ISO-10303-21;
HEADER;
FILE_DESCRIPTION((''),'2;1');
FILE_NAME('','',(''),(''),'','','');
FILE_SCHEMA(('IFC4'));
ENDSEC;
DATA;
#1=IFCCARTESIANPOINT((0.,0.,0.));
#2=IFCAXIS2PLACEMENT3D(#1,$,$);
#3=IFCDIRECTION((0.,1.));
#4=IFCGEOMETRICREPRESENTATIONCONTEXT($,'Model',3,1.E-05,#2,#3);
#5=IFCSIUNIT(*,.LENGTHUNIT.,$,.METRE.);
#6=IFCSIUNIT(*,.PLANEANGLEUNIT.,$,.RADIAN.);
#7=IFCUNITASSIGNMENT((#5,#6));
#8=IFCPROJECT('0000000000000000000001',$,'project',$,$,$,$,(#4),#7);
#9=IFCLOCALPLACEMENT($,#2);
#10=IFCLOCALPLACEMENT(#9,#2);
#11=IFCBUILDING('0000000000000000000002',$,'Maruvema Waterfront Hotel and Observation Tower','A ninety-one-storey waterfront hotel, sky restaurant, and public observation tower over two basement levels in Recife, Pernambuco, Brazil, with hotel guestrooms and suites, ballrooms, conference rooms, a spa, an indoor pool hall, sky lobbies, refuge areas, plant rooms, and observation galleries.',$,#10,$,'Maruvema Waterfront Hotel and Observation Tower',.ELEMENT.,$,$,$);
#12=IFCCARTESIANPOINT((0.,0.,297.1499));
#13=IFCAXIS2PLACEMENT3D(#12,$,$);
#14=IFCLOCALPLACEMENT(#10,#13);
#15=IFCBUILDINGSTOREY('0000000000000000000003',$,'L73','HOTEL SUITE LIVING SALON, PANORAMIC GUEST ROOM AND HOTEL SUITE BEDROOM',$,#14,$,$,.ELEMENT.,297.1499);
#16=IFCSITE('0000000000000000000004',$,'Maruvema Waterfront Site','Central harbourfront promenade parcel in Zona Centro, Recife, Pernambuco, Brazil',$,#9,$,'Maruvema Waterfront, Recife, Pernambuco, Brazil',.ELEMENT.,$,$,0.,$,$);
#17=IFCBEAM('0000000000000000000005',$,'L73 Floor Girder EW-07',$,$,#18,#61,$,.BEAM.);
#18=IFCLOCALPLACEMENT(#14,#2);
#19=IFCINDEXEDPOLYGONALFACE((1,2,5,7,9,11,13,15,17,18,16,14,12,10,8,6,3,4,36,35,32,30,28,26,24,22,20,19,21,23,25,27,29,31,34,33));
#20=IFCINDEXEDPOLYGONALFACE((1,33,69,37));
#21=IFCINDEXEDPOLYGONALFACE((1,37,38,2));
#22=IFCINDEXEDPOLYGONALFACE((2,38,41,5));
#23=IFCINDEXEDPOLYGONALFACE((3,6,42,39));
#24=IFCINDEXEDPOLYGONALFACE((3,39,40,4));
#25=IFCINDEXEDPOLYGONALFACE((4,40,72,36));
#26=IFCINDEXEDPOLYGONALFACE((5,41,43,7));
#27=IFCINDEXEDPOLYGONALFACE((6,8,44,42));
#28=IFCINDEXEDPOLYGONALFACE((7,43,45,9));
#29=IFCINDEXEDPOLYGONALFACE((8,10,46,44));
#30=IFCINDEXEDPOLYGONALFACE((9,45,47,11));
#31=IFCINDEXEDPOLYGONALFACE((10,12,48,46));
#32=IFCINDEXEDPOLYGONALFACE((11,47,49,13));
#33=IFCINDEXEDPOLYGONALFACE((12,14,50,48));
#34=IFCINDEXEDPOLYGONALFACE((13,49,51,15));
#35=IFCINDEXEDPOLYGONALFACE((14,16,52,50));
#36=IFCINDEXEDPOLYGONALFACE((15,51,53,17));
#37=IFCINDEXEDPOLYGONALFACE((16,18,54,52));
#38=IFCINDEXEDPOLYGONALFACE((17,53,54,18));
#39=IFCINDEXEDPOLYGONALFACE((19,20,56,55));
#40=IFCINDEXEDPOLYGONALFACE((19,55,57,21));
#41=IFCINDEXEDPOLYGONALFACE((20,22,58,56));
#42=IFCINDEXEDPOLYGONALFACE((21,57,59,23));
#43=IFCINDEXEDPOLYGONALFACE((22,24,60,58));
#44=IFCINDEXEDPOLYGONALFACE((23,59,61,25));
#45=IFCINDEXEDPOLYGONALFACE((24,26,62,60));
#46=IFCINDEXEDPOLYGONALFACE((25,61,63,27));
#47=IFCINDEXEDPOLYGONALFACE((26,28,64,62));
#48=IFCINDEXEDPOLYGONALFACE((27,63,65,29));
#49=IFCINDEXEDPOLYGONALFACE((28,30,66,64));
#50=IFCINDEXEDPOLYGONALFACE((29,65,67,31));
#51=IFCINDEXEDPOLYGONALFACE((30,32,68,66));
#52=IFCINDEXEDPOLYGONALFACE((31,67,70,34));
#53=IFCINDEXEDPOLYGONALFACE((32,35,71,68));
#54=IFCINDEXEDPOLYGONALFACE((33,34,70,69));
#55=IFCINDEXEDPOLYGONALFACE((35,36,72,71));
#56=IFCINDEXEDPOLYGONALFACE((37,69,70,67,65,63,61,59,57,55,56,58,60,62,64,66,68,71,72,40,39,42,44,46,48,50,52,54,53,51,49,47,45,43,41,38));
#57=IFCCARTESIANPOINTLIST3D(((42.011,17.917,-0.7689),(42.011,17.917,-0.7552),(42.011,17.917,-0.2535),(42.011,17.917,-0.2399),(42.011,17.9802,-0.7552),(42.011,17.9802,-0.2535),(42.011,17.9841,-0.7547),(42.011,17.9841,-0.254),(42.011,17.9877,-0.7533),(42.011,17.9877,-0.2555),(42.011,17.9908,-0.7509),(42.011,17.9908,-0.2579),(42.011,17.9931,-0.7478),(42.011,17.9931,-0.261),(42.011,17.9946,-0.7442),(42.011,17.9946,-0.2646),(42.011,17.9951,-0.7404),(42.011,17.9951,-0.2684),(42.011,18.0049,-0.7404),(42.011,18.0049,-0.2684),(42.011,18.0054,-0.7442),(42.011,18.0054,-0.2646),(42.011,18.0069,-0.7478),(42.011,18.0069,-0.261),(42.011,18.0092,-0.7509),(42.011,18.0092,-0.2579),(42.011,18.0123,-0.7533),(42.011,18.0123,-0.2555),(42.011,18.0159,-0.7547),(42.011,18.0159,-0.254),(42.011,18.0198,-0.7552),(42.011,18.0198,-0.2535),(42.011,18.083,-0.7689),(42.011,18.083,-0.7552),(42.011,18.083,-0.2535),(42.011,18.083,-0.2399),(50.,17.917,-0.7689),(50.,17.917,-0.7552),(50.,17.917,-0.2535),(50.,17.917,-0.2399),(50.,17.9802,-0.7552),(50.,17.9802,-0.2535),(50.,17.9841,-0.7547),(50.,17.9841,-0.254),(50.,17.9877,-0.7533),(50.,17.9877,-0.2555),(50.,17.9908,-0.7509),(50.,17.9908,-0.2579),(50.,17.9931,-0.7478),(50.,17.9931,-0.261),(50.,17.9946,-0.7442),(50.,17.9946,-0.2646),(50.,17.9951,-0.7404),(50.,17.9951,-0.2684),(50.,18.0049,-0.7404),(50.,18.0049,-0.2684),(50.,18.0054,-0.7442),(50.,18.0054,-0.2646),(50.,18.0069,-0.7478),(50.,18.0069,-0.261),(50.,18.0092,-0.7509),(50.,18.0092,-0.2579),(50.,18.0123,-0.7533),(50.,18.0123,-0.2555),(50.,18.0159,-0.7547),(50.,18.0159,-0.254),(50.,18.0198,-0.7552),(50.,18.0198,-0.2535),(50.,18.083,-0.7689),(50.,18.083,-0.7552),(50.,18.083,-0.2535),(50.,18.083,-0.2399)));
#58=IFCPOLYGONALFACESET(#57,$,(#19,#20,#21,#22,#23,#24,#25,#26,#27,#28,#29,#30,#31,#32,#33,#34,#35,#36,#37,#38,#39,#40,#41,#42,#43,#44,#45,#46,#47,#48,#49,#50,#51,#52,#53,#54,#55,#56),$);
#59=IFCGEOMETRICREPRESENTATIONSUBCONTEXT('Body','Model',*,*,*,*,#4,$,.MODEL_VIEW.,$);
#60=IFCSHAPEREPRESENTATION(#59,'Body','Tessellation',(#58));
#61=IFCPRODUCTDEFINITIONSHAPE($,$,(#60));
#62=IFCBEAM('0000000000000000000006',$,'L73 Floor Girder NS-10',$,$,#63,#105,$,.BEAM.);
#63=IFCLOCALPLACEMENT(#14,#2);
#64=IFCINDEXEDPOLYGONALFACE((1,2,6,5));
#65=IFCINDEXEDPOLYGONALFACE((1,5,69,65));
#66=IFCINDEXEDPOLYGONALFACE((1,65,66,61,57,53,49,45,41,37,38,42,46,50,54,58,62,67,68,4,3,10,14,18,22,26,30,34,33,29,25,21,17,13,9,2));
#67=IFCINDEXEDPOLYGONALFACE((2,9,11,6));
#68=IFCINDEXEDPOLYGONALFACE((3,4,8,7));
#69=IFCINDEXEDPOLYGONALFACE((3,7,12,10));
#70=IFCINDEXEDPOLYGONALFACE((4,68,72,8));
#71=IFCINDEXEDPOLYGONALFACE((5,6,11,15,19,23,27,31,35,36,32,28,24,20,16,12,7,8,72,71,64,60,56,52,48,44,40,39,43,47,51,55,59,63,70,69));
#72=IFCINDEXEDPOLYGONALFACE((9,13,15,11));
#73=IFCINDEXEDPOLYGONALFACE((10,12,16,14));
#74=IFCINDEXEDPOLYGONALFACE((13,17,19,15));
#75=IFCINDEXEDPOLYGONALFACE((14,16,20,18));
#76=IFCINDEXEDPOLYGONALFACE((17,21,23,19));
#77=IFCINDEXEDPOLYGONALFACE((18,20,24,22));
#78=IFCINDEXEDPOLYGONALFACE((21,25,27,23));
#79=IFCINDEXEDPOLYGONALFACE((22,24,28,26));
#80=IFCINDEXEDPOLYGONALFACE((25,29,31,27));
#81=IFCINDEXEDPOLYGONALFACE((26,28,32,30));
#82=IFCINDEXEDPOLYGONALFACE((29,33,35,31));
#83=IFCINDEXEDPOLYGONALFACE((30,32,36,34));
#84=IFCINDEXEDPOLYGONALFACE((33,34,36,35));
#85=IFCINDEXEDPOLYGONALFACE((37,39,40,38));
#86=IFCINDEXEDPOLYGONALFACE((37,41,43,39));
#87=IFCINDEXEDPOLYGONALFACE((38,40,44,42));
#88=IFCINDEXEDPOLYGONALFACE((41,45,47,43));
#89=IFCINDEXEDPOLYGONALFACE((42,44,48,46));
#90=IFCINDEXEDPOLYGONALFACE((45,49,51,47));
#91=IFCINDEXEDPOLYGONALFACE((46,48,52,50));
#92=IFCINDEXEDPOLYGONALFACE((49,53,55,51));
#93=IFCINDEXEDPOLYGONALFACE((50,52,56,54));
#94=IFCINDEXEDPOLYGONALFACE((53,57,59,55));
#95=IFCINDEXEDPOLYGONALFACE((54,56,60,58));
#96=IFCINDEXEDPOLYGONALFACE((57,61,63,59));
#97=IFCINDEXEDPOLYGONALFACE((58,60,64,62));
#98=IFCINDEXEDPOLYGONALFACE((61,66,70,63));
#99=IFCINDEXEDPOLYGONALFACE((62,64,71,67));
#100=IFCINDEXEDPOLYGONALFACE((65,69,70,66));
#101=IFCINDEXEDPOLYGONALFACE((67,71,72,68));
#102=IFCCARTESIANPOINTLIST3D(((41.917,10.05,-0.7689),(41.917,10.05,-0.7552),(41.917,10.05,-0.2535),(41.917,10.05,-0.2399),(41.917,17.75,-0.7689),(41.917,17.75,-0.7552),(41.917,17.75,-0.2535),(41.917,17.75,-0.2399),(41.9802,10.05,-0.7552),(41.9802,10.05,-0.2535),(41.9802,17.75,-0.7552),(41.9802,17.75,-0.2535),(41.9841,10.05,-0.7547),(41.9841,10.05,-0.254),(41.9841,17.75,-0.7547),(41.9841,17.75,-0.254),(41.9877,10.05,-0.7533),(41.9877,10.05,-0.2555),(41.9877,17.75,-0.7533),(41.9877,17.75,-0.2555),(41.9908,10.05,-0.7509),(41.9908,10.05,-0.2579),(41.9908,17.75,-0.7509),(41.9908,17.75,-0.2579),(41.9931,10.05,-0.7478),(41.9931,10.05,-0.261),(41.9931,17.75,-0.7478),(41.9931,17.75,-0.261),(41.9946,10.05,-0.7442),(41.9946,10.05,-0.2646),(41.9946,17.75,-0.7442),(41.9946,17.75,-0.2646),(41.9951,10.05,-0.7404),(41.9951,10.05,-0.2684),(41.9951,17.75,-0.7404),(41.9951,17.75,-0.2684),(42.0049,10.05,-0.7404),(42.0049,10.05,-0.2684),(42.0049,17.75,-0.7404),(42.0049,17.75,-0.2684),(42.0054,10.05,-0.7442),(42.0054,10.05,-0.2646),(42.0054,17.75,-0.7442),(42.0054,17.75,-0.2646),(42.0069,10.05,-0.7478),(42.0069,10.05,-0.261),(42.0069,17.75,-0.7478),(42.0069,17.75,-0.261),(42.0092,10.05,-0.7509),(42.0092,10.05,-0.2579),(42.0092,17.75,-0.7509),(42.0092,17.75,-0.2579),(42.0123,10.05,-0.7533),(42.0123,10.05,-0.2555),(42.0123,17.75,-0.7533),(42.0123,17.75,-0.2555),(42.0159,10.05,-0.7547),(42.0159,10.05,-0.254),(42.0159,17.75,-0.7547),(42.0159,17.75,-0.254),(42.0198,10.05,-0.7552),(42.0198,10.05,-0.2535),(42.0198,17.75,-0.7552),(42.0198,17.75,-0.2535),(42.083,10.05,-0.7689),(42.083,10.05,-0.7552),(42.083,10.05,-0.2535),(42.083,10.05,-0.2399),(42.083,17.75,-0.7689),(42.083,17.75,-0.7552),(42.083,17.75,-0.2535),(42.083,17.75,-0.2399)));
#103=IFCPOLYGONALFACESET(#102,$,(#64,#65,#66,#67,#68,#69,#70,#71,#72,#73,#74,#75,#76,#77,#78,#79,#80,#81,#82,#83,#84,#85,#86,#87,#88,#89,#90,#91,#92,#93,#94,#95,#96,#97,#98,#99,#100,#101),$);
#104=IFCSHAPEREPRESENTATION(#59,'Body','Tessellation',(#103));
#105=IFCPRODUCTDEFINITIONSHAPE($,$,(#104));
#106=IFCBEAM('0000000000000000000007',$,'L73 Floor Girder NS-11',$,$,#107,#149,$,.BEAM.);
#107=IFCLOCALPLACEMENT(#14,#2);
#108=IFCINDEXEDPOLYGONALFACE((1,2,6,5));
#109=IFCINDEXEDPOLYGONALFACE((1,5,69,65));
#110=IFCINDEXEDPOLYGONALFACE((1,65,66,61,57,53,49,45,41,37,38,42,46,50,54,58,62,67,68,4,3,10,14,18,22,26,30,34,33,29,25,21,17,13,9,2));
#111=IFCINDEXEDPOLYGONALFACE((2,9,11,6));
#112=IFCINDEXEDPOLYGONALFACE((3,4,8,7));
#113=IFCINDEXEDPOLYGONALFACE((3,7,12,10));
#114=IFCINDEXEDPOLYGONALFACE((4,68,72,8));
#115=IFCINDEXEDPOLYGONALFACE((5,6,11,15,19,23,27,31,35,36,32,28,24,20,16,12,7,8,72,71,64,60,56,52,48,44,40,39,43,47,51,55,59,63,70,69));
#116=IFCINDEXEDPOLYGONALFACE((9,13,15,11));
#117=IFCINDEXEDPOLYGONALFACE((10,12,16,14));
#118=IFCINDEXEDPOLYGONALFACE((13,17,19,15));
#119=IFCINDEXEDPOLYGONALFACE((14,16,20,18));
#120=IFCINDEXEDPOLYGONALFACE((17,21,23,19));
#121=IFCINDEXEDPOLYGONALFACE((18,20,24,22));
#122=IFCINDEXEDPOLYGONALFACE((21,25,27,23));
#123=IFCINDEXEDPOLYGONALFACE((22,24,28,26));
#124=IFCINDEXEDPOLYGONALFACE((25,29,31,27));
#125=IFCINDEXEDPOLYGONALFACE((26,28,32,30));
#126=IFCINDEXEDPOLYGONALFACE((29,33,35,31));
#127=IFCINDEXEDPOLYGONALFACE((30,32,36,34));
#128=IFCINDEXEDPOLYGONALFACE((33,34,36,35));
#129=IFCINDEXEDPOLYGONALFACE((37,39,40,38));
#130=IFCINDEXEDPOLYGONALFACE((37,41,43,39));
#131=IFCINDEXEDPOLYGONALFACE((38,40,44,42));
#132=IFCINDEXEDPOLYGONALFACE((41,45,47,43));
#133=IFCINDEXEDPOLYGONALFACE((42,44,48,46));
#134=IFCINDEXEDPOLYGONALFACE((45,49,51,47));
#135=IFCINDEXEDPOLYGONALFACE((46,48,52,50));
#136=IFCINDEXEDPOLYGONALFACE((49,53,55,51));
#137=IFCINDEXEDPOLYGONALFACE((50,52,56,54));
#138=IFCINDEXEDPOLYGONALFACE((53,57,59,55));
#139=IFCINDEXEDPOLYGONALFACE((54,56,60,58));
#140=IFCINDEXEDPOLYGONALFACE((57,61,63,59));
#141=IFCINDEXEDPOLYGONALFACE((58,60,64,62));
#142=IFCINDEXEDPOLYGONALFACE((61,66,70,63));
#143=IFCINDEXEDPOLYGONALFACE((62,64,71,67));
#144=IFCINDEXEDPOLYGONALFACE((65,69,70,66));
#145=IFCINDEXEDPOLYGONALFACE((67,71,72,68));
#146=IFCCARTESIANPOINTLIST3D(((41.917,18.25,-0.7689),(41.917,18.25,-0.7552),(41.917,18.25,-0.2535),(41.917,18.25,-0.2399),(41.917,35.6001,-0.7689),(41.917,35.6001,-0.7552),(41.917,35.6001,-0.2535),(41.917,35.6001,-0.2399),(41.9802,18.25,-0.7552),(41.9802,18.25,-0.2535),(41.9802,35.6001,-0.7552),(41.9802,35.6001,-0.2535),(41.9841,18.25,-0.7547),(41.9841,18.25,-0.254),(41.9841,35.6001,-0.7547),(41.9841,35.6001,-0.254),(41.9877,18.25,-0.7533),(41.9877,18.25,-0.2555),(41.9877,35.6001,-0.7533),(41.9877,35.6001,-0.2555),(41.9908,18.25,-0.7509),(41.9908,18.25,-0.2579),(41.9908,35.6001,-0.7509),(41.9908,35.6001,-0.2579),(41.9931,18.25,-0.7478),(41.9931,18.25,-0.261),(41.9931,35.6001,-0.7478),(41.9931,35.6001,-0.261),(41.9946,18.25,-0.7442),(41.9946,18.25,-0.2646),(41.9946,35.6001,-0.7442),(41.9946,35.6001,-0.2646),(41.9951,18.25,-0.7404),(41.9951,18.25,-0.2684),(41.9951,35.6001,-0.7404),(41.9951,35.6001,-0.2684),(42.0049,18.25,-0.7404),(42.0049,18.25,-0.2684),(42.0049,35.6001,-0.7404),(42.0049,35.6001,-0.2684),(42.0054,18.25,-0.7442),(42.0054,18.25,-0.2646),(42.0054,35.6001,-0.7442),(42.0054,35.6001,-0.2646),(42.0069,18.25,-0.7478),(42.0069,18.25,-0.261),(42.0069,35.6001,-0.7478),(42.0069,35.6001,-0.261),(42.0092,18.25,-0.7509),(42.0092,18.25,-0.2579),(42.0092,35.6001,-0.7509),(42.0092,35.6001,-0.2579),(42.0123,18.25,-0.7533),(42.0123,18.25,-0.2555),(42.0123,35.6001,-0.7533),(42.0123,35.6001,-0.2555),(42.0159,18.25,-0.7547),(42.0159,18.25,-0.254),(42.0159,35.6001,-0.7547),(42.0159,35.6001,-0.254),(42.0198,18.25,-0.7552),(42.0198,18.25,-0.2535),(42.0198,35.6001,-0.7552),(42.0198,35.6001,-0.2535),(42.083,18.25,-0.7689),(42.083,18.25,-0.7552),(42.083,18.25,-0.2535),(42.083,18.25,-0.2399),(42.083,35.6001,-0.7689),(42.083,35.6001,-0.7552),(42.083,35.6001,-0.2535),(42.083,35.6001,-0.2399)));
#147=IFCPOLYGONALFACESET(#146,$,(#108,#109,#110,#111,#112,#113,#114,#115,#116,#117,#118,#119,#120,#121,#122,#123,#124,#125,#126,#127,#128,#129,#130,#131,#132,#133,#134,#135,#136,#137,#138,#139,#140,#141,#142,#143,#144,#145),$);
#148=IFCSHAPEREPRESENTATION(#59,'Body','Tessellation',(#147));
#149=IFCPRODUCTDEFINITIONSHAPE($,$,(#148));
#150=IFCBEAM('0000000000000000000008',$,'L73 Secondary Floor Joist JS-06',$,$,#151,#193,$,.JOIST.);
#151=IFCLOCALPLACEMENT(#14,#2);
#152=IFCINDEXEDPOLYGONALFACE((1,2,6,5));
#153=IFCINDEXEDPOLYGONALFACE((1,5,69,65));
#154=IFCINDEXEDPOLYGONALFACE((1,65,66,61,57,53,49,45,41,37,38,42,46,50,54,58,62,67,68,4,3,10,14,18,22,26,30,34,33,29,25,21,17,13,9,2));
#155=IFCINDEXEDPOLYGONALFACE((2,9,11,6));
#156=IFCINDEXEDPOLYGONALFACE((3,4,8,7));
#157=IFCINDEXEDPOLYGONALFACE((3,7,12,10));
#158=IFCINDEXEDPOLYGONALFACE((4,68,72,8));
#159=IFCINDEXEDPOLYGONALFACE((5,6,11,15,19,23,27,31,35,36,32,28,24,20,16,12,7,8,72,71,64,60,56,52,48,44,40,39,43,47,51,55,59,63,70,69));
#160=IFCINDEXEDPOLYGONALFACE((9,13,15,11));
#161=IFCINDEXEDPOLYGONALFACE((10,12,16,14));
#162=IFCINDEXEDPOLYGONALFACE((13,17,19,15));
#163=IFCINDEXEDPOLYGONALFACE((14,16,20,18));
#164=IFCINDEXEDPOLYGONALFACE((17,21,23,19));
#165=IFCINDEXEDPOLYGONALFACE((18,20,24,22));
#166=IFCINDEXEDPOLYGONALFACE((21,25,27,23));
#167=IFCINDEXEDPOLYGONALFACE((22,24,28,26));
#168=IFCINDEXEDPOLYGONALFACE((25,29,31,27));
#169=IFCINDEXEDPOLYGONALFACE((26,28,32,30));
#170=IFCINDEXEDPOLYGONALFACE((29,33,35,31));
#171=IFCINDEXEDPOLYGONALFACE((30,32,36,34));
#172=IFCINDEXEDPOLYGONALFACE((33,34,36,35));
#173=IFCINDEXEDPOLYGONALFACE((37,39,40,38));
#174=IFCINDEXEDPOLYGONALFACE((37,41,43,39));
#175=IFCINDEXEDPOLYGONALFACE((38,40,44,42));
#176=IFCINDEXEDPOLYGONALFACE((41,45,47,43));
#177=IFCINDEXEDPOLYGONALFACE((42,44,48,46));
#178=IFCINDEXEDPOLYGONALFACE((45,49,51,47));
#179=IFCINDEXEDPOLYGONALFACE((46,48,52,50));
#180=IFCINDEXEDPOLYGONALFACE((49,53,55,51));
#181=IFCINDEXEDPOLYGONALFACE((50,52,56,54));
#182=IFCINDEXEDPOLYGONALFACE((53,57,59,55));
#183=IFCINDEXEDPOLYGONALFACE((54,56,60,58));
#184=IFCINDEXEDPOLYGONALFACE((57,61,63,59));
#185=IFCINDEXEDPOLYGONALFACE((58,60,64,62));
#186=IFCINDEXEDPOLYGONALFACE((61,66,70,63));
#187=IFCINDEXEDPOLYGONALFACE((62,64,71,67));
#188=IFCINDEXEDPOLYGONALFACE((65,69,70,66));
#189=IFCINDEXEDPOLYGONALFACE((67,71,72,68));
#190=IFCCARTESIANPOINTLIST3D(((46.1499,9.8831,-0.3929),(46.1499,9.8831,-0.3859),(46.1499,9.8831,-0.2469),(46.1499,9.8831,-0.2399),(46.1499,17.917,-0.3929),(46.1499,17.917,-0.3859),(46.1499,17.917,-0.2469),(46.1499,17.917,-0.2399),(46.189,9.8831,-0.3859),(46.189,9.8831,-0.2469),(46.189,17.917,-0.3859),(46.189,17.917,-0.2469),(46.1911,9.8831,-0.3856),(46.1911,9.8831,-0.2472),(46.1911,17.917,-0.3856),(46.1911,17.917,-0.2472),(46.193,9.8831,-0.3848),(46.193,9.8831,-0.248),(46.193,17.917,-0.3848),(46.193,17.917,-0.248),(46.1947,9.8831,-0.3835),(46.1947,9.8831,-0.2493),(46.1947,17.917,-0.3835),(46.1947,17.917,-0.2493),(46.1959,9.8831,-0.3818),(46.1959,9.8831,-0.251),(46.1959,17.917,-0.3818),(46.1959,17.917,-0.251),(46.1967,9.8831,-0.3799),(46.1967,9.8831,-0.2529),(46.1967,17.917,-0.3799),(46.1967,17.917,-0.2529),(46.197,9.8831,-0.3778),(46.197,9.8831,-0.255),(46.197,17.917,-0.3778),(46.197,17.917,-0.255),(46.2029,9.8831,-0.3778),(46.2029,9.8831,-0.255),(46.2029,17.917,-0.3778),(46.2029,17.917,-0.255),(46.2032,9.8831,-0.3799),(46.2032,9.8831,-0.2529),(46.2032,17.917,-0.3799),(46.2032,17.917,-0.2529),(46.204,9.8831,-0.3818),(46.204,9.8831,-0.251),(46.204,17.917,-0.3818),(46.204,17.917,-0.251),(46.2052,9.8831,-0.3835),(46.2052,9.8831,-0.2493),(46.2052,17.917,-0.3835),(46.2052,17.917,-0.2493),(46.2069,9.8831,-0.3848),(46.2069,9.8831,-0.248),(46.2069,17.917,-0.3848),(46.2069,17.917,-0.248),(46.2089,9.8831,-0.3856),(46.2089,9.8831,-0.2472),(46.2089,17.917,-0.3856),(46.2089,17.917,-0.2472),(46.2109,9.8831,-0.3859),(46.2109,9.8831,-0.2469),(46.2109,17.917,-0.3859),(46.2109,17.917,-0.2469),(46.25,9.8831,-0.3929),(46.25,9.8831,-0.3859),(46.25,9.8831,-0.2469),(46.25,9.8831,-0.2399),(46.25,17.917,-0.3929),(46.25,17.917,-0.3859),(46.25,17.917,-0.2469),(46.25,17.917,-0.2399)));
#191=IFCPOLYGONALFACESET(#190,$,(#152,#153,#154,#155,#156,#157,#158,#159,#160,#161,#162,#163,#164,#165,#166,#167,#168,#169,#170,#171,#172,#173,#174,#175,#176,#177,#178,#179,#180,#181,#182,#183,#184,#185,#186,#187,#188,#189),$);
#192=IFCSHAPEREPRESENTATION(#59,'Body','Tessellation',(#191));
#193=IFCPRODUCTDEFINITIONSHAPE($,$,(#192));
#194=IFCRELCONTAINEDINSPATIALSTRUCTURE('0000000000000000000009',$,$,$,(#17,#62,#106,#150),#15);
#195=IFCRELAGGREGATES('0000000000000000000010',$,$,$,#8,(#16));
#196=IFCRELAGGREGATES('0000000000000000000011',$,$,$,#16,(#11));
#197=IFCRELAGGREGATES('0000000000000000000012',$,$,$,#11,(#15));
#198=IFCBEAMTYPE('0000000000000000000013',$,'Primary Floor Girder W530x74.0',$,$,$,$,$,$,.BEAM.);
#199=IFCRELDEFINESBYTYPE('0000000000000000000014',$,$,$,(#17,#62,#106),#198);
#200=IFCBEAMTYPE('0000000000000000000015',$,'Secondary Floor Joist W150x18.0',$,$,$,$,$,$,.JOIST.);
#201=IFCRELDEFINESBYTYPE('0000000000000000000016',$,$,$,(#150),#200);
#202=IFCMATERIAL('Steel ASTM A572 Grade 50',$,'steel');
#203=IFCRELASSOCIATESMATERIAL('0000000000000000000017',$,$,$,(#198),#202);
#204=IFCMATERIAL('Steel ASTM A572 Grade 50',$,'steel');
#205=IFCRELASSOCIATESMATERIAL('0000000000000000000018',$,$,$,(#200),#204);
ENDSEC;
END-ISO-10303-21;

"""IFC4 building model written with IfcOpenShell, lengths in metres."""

from ifc_helpers import new_model, si_unit, direction, frame, origin, origin_2d, place, context, subcontext, project, spatial, i_section, extrude, material, material_profile, profile_set, type_object, element, save


model = new_model("IFC4")

# Units and contexts
model_context = context("Model", 3, precision=1e-05, world=origin(), true_north=direction((0.0, 1.0)))
body_context = subcontext(model_context, "Body", "Model", "MODEL_VIEW")
ifc_project = project(units=[si_unit("LENGTHUNIT", "METRE"), si_unit("PLANEANGLEUNIT", "RADIAN")], contexts=[model_context])

# Site, building, storey
site_placement = place(None, origin())
site = spatial("IfcSite", under=ifc_project, at=site_placement, Name="Maruvema Waterfront Site", Description="Central harbourfront promenade parcel in Zona Centro, Recife, Pernambuco, Brazil", LongName="Maruvema Waterfront, Recife, Pernambuco, Brazil", CompositionType="ELEMENT", RefElevation=0.0)
building_placement = place(site_placement, origin())
building = spatial("IfcBuilding", under=site, at=building_placement, Name="Maruvema Waterfront Hotel and Observation Tower", Description="A ninety-one-storey waterfront hotel, sky restaurant, and public observation tower over two basement levels in Recife, Pernambuco, Brazil, with hotel guestrooms and suites, ballrooms, conference rooms, a spa, an indoor pool hall, sky lobbies, refuge areas, plant rooms, and observation galleries.", LongName="Maruvema Waterfront Hotel and Observation Tower", CompositionType="ELEMENT")
storey_placement = place(building_placement, frame((0.0, 0.0, 297.1499)))
storey = spatial("IfcBuildingStorey", under=building, at=storey_placement, Name="L73", Description="HOTEL SUITE LIVING SALON, PANORAMIC GUEST ROOM AND HOTEL SUITE BEDROOM", CompositionType="ELEMENT", Elevation=297.1499)

# Beams
ifc_material_1 = material(Name="Steel ASTM A572 Grade 50", Category="steel")
ifc_material_profile_1 = material_profile(ifc_material_1, i_section(OverallWidth=0.166, OverallDepth=0.5291, WebThickness=0.0098, FlangeThickness=0.0137, FilletRadius=0.0149, at=origin_2d()), Name="W530x74.0")
ifc_profile_set_1 = profile_set([ifc_material_profile_1], Name="Steel ASTM A572 Grade 50")
beam_type_1 = type_object("IfcBeamType", Name="Primary Floor Girder W530x74.0", PredefinedType="BEAM", material=ifc_profile_set_1)
beam_1_placement = place(storey_placement, frame((42.011, 18.0, -0.5044), z_axis=(1.0, 0.0, 0.0), x_axis=(0.0, 1.0, 0.0)))
element("IfcBeam", 1, at=beam_1_placement, inside=storey, type_object=beam_type_1, Name="L73 Floor Girder EW-07", PredefinedType="BEAM", context=body_context, shape_type="SweptSolid", body=[
    extrude(i_section(OverallWidth=0.166, OverallDepth=0.5291, WebThickness=0.0098, FlangeThickness=0.0137, FilletRadius=0.0149, at=origin_2d()), origin(), (0.0, 0.0, 1.0), 7.989),
])
beam_2_placement = place(storey_placement, frame((42.0, 10.05, -0.5044), z_axis=(0.0, 1.0, 0.0), x_axis=(-1.0, 0.0, 0.0)))
element("IfcBeam", 2, at=beam_2_placement, inside=storey, type_object=beam_type_1, Name="L73 Floor Girder NS-10", PredefinedType="BEAM", context=body_context, shape_type="SweptSolid", body=[
    extrude(i_section(OverallWidth=0.166, OverallDepth=0.5291, WebThickness=0.0098, FlangeThickness=0.0137, FilletRadius=0.0149, at=origin_2d()), origin(), (0.0, 0.0, 1.0), 7.7),
])
beam_3_placement = place(storey_placement, frame((42.0, 18.25, -0.5044), z_axis=(0.0, 1.0, 0.0), x_axis=(-1.0, 0.0, 0.0)))
element("IfcBeam", 3, at=beam_3_placement, inside=storey, type_object=beam_type_1, Name="L73 Floor Girder NS-11", PredefinedType="BEAM", context=body_context, shape_type="SweptSolid", body=[
    extrude(i_section(OverallWidth=0.166, OverallDepth=0.5291, WebThickness=0.0098, FlangeThickness=0.0137, FilletRadius=0.0149, at=origin_2d()), origin(), (0.0, 0.0, 1.0), 17.3501),
])
ifc_material_2 = material(Name="Steel ASTM A572 Grade 50", Category="steel")
ifc_material_profile_2 = material_profile(ifc_material_2, i_section(OverallWidth=0.1001, OverallDepth=0.1531, WebThickness=0.0059, FlangeThickness=0.0071, FilletRadius=0.0081, at=origin_2d()), Name="W150x18.0")
ifc_profile_set_2 = profile_set([ifc_material_profile_2], Name="Steel ASTM A572 Grade 50")
beam_type_2 = type_object("IfcBeamType", Name="Secondary Floor Joist W150x18.0", PredefinedType="JOIST", material=ifc_profile_set_2)
beam_4_placement = place(storey_placement, frame((46.2, 9.8831, -0.3164), z_axis=(0.0, 1.0, 0.0), x_axis=(-1.0, 0.0, 0.0)))
element("IfcBeam", 4, at=beam_4_placement, inside=storey, type_object=beam_type_2, Name="L73 Secondary Floor Joist JS-06", PredefinedType="JOIST", context=body_context, shape_type="SweptSolid", body=[
    extrude(i_section(OverallWidth=0.1001, OverallDepth=0.1531, WebThickness=0.0059, FlangeThickness=0.0071, FilletRadius=0.0081, at=origin_2d()), origin(), (0.0, 0.0, 1.0), 8.0339),
])

save(model, "model.ifc")
